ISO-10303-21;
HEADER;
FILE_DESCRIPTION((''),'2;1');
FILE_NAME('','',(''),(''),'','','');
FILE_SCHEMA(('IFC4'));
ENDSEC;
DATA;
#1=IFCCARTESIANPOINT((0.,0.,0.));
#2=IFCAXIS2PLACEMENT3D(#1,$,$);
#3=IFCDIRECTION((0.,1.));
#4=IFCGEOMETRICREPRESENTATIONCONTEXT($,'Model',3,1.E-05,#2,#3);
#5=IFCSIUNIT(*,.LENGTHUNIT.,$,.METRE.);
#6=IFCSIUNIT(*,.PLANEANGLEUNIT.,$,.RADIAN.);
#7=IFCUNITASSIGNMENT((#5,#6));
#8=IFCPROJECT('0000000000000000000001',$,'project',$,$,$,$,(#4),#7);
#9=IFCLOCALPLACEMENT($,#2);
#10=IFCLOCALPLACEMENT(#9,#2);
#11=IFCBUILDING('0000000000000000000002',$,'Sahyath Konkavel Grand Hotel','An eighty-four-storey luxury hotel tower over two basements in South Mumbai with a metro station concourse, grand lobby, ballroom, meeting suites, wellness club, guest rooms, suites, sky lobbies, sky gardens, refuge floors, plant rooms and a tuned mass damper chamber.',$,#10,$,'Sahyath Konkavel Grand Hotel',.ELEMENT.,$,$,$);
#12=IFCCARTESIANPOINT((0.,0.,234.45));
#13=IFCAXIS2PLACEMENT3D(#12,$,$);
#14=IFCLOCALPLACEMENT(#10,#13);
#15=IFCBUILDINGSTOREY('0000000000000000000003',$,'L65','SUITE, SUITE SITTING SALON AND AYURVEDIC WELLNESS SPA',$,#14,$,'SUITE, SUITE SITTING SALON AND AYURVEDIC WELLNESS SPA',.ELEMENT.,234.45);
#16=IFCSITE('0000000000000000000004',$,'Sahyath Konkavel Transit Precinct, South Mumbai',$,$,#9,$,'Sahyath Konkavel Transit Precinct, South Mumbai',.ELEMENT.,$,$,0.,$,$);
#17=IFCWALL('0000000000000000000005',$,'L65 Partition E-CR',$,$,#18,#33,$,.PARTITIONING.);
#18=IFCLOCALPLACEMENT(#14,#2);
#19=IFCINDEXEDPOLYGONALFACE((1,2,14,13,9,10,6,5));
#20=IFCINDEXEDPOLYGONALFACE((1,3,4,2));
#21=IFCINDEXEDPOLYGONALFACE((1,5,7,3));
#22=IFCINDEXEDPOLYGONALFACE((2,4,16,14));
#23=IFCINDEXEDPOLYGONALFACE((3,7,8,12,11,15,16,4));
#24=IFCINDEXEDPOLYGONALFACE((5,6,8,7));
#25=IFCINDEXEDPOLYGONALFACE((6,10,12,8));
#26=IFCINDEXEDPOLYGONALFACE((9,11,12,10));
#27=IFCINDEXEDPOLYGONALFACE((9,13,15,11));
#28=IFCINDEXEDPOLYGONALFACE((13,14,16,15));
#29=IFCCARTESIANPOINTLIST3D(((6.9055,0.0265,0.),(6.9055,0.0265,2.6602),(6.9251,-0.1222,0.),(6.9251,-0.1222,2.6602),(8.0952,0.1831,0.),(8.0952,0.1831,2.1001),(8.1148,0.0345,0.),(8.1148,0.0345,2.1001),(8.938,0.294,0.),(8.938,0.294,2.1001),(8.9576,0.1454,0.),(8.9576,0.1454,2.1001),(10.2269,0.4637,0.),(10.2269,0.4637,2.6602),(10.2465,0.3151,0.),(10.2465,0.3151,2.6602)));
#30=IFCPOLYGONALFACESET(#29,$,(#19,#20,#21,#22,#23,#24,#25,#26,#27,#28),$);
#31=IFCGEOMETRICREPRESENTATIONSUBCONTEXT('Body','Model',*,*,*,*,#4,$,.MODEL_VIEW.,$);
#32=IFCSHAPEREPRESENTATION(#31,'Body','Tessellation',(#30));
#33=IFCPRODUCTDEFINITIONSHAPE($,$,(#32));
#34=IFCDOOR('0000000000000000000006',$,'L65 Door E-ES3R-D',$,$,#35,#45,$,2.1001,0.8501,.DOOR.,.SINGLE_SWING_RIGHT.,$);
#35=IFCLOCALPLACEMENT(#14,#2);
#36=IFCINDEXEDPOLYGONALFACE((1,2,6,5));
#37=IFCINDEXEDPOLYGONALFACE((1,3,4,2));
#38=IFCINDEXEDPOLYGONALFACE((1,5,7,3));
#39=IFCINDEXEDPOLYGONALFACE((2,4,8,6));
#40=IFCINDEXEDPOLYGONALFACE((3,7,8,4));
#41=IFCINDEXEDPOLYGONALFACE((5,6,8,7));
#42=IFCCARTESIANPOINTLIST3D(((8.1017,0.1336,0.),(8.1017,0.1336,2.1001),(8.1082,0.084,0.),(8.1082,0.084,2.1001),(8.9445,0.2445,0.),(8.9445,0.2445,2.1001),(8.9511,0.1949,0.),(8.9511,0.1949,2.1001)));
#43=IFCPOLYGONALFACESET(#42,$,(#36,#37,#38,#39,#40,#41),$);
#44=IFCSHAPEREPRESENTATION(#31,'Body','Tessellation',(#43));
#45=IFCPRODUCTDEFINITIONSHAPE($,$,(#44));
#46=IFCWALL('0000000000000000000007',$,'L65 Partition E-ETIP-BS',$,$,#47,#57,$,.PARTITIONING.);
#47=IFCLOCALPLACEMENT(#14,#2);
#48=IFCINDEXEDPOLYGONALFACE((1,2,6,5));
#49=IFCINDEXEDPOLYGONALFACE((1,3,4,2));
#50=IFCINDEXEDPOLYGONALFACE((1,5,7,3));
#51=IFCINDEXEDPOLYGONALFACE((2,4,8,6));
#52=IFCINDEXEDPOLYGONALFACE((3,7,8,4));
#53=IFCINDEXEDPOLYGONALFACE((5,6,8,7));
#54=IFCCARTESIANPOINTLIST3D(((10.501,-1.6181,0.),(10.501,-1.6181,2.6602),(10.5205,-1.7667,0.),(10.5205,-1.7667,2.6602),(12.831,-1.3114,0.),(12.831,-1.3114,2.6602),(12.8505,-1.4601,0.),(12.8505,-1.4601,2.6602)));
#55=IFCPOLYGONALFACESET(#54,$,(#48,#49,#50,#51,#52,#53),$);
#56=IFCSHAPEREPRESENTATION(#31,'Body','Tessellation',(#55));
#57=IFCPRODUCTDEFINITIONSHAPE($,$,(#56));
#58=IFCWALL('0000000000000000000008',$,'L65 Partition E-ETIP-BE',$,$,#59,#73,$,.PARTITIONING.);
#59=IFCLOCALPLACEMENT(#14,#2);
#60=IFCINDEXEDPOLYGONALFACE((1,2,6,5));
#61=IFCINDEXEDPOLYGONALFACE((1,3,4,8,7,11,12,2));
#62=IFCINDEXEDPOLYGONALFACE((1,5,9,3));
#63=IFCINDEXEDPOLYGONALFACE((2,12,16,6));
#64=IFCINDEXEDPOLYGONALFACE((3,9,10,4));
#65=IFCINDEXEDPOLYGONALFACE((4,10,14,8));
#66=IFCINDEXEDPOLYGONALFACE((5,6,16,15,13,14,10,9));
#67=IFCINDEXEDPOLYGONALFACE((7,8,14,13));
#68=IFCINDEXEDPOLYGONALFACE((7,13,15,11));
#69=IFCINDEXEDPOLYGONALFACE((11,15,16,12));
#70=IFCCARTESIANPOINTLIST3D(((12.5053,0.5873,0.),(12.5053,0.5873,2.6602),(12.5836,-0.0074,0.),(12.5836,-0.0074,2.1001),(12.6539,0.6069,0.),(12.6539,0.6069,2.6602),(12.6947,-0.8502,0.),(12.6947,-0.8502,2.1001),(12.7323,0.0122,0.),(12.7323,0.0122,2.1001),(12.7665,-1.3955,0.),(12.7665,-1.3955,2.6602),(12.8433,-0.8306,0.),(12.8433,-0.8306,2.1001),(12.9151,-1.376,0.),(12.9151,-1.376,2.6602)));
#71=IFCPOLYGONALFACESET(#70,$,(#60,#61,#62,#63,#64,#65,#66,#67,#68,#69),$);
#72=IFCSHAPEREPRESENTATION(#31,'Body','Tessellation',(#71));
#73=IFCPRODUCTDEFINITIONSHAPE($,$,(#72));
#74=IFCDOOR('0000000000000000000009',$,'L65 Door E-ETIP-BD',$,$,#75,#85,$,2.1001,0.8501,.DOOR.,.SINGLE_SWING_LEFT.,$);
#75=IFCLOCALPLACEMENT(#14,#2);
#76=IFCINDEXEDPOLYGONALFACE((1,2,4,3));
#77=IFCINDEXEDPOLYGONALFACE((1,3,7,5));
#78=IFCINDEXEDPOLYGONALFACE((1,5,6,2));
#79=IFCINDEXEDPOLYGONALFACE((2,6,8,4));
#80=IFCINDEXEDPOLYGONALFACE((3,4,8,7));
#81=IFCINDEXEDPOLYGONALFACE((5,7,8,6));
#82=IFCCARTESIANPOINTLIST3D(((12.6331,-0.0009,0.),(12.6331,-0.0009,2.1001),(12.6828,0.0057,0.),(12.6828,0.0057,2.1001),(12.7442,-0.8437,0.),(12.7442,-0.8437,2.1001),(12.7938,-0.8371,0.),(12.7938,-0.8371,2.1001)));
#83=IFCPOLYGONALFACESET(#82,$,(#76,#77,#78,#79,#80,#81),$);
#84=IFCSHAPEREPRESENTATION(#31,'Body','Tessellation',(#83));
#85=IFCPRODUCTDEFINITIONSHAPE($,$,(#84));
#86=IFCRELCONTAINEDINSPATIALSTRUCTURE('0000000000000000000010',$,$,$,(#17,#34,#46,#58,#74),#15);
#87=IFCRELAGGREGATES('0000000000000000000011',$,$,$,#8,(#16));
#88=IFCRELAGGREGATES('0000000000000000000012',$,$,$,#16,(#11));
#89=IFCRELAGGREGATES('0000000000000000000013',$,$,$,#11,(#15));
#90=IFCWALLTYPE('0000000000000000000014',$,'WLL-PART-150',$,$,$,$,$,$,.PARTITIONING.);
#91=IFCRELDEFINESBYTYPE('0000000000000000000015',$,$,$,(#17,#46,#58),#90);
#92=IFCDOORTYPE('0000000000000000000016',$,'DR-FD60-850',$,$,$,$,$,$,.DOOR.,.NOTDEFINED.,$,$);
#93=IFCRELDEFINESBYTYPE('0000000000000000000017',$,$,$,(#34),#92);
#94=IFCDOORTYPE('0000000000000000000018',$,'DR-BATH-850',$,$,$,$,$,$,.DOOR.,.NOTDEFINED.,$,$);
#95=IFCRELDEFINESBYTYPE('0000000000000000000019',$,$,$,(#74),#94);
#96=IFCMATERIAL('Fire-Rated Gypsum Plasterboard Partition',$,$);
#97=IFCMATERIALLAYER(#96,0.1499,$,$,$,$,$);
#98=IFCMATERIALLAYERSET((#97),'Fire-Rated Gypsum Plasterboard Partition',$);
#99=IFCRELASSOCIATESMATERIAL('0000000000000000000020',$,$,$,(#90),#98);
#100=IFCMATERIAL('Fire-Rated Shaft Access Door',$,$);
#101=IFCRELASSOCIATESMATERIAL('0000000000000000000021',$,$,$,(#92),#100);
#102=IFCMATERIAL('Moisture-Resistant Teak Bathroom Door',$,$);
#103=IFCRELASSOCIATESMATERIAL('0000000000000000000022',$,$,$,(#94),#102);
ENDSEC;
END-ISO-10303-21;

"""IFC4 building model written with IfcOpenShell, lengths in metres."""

from ifc_helpers import new_model, si_unit, direction, frame, frame_2d, origin, origin_2d, place, context, subcontext, project, spatial, rectangle, extrude, source, transform, mapped, material, layer, layer_set, type_object, element, fill, save


model = new_model("IFC4")

# Units and contexts
model_context = context("Model", 3, precision=1e-05, world=origin(), true_north=direction((0.0, 1.0)))
body_context = subcontext(model_context, "Body", "Model", "MODEL_VIEW")
ifc_project = project(units=[si_unit("LENGTHUNIT", "METRE"), si_unit("PLANEANGLEUNIT", "RADIAN")], contexts=[model_context])

# Site, building, storey
site_placement = place(None, origin())
site = spatial("IfcSite", under=ifc_project, at=site_placement, Name="Sahyath Konkavel Transit Precinct, South Mumbai", LongName="Sahyath Konkavel Transit Precinct, South Mumbai", CompositionType="ELEMENT", RefElevation=0.0)
building_placement = place(site_placement, origin())
building = spatial("IfcBuilding", under=site, at=building_placement, Name="Sahyath Konkavel Grand Hotel", Description="An eighty-four-storey luxury hotel tower over two basements in South Mumbai with a metro station concourse, grand lobby, ballroom, meeting suites, wellness club, guest rooms, suites, sky lobbies, sky gardens, refuge floors, plant rooms and a tuned mass damper chamber.", LongName="Sahyath Konkavel Grand Hotel", CompositionType="ELEMENT")
storey_placement = place(building_placement, frame((0.0, 0.0, 234.45)))
storey = spatial("IfcBuildingStorey", under=building, at=storey_placement, Name="L65", Description="SUITE, SUITE SITTING SALON AND AYURVEDIC WELLNESS SPA", LongName="SUITE, SUITE SITTING SALON AND AYURVEDIC WELLNESS SPA", CompositionType="ELEMENT", Elevation=234.45)

# Wall, opening, door
ifc_material_1 = material(Name="Fire-Rated Gypsum Plasterboard Partition")
ifc_layer_1 = layer(ifc_material_1, 0.1499)
ifc_layer_set_1 = layer_set([ifc_layer_1], Name="Fire-Rated Gypsum Plasterboard Partition")
wall_type_1 = type_object("IfcWallType", Name="WLL-PART-150", PredefinedType="PARTITIONING", material=ifc_layer_set_1)
wall_1_placement = place(storey_placement, frame((6.9153, -0.0479, 0.0), z_axis=(0.0, 0.0, 1.0), x_axis=(0.991446, 0.130517, 0.0)))
wall_1 = element("IfcWall", 1, at=wall_1_placement, inside=storey, type_object=wall_type_1, Name="L65 Partition E-CR", PredefinedType="PARTITIONING", context=body_context, shape_type="SweptSolid", body=[
    extrude(rectangle(XDim=3.3501, YDim=0.1499, at=frame_2d((1.675, 0.0))), origin(), (0.0, 0.0, 1.0), 2.6602),
])
opening_1_placement = place(wall_1_placement, frame((1.2, 0.0, 0.0)))
opening_1 = element("IfcOpeningElement", 2, at=opening_1_placement, cuts=wall_1, PredefinedType="OPENING", context=body_context, shape_type="SweptSolid", body=[
    extrude(rectangle(XDim=0.8501, YDim=2.1001, at=frame_2d((0.425, 1.05))), frame((0.0, 0.085, 0.0), z_axis=(0.0, -1.0, 0.0), x_axis=(1.0, 0.0, 0.0)), (0.0, 0.0, 1.0), 0.1699),
])
ifc_material_2 = material(Name="Fire-Rated Shaft Access Door")
door_type_1 = type_object("IfcDoorType", Name="DR-FD60-850", OperationType="NOTDEFINED", PredefinedType="DOOR", material=ifc_material_2)
shared_shape_1 = source(origin(), body_context, "Body", "SweptSolid", [
    extrude(rectangle(XDim=0.8501, YDim=0.05, at=origin_2d()), origin(), (0.0, 0.0, 1.0), 2.1001),
])
door_1_placement = place(opening_1_placement, frame((0.425, 0.0, 0.0)))
door_1 = element("IfcDoor", 3, at=door_1_placement, inside=storey, type_object=door_type_1, Name="L65 Door E-ES3R-D", OperationType="SINGLE_SWING_RIGHT", OverallHeight=2.1001, OverallWidth=0.8501, PredefinedType="DOOR", context=body_context, shape_type="MappedRepresentation", body=[
    mapped(shared_shape_1, transform((0.0, 0.0, 0.0), scale=1.0)),
])
fill(opening_1, door_1)

# Wall
wall_2_placement = place(storey_placement, frame((10.5107, -1.6924, 0.0), z_axis=(0.0, 0.0, 1.0), x_axis=(0.991451, 0.130476, 0.0)))
element("IfcWall", 4, at=wall_2_placement, inside=storey, type_object=wall_type_1, Name="L65 Partition E-ETIP-BS", PredefinedType="PARTITIONING", context=body_context, shape_type="SweptSolid", body=[
    extrude(rectangle(XDim=2.3501, YDim=0.1499, at=frame_2d((1.175, 0.0))), origin(), (0.0, 0.0, 1.0), 2.6602),
])

# Wall, opening, door
wall_3_placement = place(storey_placement, frame((12.8408, -1.3857, 0.0), z_axis=(0.0, 0.0, 1.0), x_axis=(-0.130612, 0.991434, 0.0)))
wall_3 = element("IfcWall", 5, at=wall_3_placement, inside=storey, type_object=wall_type_1, Name="L65 Partition E-ETIP-BE", PredefinedType="PARTITIONING", context=body_context, shape_type="SweptSolid", body=[
    extrude(rectangle(XDim=2.0, YDim=0.1499, at=frame_2d((1.0, 0.0))), origin(), (0.0, 0.0, 1.0), 2.6602),
])
opening_2_placement = place(wall_3_placement, frame((0.55, 0.0, 0.0)))
opening_2 = element("IfcOpeningElement", 6, at=opening_2_placement, cuts=wall_3, PredefinedType="OPENING", context=body_context, shape_type="SweptSolid", body=[
    extrude(rectangle(XDim=0.8501, YDim=2.1001, at=frame_2d((0.425, 1.05))), frame((0.0, 0.085, 0.0), z_axis=(0.0, -1.0, 0.0), x_axis=(1.0, 0.0, 0.0)), (0.0, 0.0, 1.0), 0.1699),
])
ifc_material_3 = material(Name="Moisture-Resistant Teak Bathroom Door")
door_type_2 = type_object("IfcDoorType", Name="DR-BATH-850", OperationType="NOTDEFINED", PredefinedType="DOOR", material=ifc_material_3)
door_2_placement = place(opening_2_placement, frame((0.425, 0.0, 0.0)))
door_2 = element("IfcDoor", 7, at=door_2_placement, inside=storey, type_object=door_type_2, Name="L65 Door E-ETIP-BD", OperationType="SINGLE_SWING_LEFT", OverallHeight=2.1001, OverallWidth=0.8501, PredefinedType="DOOR", context=body_context, shape_type="MappedRepresentation", body=[
    mapped(shared_shape_1, transform((0.0, 0.0, 0.0), scale=1.0)),
])
fill(opening_2, door_2)

save(model, "model.ifc")
